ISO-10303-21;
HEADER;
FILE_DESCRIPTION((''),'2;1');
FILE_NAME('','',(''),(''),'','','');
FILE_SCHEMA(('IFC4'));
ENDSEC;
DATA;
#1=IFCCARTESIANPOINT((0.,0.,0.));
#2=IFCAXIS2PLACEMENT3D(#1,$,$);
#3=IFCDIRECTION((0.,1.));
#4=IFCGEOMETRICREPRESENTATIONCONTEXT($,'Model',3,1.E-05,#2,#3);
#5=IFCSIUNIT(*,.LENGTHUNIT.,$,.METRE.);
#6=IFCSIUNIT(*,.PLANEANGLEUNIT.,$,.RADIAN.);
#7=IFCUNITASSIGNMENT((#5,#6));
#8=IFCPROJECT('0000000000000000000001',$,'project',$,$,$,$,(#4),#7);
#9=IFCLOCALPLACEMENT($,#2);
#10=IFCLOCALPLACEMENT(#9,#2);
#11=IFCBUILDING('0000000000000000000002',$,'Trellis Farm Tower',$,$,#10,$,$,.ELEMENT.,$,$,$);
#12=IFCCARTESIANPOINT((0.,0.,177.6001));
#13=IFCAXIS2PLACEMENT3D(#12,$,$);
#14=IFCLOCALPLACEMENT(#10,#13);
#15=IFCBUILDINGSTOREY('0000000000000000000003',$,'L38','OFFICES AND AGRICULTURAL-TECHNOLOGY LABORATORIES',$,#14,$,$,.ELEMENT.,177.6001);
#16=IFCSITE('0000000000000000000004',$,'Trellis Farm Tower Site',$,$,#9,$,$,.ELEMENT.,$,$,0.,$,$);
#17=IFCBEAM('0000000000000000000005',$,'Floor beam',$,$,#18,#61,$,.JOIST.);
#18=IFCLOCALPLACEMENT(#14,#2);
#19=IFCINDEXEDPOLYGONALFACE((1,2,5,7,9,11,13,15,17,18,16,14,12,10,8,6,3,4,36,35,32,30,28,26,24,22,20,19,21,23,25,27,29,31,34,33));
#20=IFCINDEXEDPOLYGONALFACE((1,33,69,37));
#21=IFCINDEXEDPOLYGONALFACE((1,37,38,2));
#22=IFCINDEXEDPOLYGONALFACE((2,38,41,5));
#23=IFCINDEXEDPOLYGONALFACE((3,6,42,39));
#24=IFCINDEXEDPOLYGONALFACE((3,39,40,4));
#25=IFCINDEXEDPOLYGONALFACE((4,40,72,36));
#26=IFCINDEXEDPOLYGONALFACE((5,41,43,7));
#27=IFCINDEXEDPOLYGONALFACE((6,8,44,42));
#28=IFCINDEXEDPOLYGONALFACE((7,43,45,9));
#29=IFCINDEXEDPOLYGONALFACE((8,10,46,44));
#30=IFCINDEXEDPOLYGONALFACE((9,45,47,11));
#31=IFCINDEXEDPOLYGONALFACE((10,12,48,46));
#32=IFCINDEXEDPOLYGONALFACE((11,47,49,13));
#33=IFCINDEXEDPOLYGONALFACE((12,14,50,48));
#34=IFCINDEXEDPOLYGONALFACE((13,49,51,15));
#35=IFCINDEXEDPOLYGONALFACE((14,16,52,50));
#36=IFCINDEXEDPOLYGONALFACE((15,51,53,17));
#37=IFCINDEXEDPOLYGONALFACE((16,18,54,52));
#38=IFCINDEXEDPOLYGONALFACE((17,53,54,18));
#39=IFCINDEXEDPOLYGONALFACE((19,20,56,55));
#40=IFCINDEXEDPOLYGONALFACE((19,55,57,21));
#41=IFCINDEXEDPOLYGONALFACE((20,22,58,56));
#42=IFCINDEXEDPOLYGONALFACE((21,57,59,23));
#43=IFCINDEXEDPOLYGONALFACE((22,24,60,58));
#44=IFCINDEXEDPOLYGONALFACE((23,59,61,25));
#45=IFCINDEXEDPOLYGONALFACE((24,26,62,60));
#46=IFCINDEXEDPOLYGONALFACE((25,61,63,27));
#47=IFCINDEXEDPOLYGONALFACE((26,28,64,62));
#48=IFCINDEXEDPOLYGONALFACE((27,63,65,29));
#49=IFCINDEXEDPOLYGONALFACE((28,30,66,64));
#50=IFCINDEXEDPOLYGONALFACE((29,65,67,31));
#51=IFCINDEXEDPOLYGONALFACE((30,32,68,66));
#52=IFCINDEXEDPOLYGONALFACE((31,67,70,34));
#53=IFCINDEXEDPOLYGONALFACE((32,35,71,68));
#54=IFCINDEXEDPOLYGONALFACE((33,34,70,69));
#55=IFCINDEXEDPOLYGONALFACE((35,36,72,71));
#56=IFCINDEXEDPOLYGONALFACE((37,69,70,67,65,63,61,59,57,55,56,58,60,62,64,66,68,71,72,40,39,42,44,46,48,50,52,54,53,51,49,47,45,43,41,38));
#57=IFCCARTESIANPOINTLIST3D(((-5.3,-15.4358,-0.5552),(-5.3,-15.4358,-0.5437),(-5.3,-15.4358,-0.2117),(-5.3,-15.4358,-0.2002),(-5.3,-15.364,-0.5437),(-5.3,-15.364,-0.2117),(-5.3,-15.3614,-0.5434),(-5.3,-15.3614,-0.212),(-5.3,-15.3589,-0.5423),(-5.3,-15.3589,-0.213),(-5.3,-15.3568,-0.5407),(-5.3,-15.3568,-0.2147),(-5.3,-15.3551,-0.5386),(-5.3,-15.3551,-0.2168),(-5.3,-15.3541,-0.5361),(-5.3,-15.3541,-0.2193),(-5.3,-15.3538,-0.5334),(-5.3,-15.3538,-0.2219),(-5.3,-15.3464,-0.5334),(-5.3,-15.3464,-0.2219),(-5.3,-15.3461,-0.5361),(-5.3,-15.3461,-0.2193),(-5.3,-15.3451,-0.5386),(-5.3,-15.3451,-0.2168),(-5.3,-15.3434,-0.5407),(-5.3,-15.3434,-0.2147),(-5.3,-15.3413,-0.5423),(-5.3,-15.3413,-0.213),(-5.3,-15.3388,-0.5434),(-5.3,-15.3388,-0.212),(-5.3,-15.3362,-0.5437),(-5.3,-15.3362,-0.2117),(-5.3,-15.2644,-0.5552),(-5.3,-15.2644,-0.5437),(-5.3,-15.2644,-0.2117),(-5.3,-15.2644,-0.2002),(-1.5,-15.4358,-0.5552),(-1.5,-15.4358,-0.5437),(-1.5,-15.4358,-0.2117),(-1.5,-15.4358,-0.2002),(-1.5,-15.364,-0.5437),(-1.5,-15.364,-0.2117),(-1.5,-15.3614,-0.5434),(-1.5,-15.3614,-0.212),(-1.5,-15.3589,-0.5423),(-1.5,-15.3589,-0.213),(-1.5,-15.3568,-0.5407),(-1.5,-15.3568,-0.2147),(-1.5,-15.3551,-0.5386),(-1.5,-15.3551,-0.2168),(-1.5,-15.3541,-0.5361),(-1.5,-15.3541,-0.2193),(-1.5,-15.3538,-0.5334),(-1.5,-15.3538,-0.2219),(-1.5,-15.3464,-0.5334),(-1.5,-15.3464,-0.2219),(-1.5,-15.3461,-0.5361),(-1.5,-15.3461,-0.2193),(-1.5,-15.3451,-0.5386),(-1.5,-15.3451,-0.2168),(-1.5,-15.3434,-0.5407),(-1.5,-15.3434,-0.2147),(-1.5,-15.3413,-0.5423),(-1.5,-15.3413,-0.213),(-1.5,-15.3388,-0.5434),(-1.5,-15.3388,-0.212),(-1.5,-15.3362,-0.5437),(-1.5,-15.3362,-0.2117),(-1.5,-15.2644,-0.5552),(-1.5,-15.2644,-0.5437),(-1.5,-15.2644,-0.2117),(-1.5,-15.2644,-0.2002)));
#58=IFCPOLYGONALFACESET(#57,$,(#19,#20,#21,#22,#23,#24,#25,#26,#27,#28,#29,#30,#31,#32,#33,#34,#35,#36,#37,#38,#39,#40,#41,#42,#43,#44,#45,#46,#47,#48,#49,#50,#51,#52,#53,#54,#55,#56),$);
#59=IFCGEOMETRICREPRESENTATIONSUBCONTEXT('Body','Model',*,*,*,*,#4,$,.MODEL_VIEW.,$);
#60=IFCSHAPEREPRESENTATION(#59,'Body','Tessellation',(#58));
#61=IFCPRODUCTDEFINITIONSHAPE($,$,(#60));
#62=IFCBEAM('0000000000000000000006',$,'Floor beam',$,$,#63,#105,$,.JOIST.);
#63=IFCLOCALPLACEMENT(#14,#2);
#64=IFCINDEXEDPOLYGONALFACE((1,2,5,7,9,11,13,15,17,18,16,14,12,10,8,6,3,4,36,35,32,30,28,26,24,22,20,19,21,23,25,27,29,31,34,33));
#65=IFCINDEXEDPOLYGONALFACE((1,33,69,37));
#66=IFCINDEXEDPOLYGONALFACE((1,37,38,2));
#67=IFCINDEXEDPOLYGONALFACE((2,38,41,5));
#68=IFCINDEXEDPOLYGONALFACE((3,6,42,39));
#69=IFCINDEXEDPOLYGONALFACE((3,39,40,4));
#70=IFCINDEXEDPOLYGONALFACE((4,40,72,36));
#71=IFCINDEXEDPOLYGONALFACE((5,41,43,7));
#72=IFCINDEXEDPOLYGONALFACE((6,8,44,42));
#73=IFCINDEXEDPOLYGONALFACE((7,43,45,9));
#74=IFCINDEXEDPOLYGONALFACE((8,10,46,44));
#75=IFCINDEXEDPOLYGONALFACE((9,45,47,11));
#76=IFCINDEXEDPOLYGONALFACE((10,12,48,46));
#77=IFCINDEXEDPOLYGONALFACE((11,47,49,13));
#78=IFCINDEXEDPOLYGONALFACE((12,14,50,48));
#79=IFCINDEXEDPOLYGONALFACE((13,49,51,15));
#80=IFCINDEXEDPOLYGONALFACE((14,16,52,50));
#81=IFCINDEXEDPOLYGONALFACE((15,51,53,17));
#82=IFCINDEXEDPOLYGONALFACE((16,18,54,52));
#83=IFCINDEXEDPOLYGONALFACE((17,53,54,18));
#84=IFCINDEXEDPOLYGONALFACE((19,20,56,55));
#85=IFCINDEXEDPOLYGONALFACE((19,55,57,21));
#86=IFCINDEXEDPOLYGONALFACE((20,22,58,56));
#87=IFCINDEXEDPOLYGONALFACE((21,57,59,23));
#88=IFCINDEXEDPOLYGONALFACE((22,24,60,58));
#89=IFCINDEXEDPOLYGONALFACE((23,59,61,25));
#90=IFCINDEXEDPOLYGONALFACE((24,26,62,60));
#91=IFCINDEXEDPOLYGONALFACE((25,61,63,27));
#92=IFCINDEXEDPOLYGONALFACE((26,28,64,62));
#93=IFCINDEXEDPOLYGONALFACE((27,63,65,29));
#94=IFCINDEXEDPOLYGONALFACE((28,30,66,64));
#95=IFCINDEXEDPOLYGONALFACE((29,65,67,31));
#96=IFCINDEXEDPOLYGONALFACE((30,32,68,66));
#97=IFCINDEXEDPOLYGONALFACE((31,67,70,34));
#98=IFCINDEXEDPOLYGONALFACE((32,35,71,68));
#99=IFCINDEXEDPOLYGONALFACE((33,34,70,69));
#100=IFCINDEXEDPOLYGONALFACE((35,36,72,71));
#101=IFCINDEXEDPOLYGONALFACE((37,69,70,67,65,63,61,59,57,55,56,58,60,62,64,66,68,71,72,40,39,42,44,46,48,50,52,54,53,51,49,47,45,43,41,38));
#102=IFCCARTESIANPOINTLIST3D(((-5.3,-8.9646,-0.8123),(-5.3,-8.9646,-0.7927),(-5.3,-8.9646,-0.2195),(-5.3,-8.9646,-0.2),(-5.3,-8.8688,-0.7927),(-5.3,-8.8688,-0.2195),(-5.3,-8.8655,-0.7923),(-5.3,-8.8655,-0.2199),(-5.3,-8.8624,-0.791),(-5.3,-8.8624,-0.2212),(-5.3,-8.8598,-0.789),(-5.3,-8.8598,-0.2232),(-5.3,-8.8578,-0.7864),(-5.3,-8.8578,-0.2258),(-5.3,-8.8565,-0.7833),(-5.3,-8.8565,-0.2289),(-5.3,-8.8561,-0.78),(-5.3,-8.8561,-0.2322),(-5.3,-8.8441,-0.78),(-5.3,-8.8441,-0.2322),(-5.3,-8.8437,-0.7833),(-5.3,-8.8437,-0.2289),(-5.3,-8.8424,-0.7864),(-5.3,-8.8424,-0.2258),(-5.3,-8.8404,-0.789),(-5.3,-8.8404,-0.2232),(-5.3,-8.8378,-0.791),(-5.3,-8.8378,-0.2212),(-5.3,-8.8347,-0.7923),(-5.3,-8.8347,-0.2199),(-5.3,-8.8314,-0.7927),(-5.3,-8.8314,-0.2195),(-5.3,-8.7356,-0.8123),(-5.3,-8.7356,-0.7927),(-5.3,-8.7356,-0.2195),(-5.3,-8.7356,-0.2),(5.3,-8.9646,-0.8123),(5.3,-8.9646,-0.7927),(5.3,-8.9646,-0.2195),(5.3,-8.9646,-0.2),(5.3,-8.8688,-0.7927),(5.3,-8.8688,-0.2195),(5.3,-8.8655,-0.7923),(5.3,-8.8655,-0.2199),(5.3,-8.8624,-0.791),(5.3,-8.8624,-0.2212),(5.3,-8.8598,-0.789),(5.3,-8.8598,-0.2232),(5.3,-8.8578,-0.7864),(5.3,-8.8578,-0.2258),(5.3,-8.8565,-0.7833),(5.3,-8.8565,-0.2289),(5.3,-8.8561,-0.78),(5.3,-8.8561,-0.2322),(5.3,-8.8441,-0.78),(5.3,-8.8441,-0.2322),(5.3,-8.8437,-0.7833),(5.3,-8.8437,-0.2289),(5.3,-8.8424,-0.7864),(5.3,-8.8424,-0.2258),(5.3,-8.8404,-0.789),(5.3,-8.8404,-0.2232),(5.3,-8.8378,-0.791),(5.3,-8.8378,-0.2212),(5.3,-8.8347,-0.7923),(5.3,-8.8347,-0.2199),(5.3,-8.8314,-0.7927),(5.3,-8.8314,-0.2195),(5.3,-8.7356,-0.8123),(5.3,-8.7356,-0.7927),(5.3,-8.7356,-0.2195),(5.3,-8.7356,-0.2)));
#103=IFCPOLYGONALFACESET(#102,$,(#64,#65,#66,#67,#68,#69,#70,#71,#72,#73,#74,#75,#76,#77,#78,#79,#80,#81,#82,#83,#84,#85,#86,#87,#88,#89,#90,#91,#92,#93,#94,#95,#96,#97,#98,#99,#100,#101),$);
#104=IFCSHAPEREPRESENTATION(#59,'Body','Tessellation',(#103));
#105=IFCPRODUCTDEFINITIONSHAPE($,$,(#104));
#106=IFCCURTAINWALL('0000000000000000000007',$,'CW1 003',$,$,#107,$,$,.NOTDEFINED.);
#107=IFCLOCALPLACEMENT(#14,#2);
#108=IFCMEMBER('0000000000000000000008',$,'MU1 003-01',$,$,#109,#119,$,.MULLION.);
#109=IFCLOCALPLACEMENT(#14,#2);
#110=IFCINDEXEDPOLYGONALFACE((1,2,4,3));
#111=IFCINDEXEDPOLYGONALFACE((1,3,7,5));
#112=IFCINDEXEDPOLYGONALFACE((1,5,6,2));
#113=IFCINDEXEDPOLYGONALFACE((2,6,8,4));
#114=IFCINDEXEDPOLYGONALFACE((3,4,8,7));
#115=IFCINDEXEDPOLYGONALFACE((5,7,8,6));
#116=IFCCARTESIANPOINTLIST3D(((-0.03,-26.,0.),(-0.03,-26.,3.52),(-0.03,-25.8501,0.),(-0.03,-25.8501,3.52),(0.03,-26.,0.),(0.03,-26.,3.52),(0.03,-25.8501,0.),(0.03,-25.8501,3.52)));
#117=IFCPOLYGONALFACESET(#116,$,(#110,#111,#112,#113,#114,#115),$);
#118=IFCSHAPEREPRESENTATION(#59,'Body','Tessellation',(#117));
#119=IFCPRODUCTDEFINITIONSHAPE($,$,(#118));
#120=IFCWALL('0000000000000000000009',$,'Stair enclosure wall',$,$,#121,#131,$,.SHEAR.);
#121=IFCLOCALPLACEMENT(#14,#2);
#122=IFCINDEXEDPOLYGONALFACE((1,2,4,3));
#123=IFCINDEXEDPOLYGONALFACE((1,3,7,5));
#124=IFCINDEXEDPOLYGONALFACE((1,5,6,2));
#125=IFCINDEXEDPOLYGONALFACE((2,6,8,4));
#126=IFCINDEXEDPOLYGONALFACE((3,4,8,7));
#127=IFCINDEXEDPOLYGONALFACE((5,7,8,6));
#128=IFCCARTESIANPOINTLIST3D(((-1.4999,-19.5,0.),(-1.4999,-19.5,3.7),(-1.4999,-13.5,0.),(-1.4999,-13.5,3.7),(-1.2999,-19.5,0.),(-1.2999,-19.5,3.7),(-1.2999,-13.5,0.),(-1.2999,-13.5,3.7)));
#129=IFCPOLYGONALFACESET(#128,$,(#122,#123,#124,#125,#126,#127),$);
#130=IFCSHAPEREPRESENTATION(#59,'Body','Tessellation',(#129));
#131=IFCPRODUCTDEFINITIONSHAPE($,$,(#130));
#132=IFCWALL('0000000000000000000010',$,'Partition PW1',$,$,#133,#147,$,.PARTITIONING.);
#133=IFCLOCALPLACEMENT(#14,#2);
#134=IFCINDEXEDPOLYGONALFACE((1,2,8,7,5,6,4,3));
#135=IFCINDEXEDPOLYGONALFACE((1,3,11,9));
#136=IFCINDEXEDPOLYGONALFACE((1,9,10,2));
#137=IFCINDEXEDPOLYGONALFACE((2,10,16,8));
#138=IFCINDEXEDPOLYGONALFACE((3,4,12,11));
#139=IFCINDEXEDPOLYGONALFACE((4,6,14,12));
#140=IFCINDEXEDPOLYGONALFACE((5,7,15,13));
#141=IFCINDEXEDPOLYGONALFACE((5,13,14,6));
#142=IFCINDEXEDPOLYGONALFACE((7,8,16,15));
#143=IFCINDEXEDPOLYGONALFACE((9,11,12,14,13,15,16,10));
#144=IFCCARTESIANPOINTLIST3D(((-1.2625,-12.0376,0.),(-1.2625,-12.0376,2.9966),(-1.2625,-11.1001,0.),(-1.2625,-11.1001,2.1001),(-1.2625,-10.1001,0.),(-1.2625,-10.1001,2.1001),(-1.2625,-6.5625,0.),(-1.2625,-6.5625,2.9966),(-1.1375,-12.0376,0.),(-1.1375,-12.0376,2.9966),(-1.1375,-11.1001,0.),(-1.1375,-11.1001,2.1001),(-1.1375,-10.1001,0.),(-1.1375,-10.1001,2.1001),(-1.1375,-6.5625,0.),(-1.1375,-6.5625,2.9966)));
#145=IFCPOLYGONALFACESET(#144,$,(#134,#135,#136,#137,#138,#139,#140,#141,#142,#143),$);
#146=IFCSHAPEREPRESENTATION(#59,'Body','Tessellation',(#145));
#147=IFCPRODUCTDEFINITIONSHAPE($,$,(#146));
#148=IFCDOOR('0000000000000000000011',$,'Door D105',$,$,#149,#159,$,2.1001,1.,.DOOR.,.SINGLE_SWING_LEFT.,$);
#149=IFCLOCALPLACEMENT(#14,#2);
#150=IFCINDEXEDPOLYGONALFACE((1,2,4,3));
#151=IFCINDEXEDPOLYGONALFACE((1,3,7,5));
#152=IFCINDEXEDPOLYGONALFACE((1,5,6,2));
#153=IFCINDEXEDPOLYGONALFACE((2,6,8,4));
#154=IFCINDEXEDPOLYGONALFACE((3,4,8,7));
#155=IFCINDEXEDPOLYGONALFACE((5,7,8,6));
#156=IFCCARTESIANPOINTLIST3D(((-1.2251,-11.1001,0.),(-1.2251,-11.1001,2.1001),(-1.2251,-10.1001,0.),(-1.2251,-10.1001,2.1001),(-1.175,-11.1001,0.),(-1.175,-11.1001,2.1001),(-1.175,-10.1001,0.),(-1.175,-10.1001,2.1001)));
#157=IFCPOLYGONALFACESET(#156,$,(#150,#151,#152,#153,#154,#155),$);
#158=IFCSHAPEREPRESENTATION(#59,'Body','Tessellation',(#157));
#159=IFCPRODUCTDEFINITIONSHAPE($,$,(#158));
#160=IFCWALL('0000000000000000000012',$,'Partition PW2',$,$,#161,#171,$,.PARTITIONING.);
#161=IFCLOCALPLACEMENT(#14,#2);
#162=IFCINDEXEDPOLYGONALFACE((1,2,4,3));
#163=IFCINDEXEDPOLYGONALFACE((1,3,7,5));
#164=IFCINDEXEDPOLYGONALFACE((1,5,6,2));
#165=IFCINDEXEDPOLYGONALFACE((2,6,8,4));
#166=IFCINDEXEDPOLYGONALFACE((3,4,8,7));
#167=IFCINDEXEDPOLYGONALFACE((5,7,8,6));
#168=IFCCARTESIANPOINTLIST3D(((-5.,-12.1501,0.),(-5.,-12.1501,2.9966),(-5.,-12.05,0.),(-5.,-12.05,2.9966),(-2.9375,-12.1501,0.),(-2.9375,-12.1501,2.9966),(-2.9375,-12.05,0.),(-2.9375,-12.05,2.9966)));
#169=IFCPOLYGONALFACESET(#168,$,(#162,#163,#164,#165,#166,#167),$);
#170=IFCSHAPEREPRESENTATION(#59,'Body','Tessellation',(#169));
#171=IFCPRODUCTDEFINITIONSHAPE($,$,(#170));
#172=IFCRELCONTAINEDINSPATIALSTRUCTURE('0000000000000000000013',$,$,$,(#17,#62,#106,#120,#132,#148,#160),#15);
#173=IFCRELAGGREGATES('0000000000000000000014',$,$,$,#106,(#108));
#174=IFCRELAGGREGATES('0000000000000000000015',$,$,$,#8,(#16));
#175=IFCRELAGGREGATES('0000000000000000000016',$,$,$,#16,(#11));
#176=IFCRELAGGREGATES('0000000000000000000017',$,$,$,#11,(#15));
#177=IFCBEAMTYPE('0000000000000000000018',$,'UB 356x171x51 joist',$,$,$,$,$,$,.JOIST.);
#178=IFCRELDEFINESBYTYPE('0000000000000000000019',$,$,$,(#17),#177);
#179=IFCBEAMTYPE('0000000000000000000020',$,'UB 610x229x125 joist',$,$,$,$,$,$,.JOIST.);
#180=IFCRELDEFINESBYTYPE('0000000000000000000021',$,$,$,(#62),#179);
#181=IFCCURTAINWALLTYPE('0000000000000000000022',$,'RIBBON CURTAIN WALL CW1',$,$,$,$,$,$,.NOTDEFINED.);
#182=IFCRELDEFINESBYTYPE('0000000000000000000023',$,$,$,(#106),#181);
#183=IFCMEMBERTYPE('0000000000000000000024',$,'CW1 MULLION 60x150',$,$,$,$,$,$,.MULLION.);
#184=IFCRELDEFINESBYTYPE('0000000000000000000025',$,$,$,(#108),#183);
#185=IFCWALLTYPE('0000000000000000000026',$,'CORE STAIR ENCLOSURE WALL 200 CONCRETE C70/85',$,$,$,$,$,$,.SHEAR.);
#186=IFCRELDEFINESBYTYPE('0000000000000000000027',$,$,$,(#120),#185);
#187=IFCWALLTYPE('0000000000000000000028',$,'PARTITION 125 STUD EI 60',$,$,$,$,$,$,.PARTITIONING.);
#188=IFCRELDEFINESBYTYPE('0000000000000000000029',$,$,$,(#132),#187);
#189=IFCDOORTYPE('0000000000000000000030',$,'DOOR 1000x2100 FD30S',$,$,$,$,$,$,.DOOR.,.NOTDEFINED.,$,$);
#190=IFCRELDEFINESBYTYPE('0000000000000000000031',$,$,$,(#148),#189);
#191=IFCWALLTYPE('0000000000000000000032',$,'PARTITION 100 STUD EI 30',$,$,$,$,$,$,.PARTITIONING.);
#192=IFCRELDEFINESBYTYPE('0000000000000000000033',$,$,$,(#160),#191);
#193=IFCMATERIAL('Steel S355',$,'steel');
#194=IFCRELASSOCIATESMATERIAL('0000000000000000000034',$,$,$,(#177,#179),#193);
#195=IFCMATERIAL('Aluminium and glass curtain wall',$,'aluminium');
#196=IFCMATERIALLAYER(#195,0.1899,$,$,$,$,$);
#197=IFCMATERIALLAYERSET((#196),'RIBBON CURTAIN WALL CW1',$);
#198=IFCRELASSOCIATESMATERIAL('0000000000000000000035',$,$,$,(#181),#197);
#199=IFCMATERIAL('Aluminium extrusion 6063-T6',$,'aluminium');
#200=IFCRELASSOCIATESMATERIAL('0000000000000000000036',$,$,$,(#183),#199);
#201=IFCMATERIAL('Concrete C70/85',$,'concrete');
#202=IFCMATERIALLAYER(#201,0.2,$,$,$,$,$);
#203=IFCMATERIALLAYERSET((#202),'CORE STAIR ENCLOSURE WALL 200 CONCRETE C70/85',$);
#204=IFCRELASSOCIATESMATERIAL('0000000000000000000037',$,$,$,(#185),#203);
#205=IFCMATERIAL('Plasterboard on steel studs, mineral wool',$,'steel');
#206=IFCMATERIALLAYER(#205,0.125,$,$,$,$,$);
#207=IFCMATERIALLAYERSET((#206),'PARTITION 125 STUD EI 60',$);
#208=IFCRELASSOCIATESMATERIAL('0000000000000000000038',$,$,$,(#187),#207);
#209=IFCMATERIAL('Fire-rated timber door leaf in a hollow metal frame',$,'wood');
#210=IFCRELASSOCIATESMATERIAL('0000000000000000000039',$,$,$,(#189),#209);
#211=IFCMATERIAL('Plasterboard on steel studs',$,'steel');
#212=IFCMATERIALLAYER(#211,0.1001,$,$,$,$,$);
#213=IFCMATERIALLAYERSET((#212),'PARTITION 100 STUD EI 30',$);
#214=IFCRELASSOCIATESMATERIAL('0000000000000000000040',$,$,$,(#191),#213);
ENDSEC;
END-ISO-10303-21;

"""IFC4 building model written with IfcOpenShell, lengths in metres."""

from ifc_helpers import new_model, si_unit, direction, frame, frame_2d, origin, origin_2d, place, context, subcontext, project, spatial, rectangle, i_section, extrude, source, transform, mapped, material, layer, layer_set, material_profile, profile_set, type_object, element, fill, aggregate, save


model = new_model("IFC4")

# Units and contexts
model_context = context("Model", 3, precision=1e-05, world=origin(), true_north=direction((0.0, 1.0)))
body_context = subcontext(model_context, "Body", "Model", "MODEL_VIEW")
ifc_project = project(units=[si_unit("LENGTHUNIT", "METRE"), si_unit("PLANEANGLEUNIT", "RADIAN")], contexts=[model_context])

# Site, building, storey
site_placement = place(None, origin())
site = spatial("IfcSite", under=ifc_project, at=site_placement, Name="Trellis Farm Tower Site", CompositionType="ELEMENT", RefElevation=0.0)
building_placement = place(site_placement, origin())
building = spatial("IfcBuilding", under=site, at=building_placement, Name="Trellis Farm Tower", CompositionType="ELEMENT")
storey_placement = place(building_placement, frame((0.0, 0.0, 177.6001)))
storey = spatial("IfcBuildingStorey", under=building, at=storey_placement, Name="L38", Description="OFFICES AND AGRICULTURAL-TECHNOLOGY LABORATORIES", CompositionType="ELEMENT", Elevation=177.6001)

# Shared definitions
ifc_material_1 = material(Name="Concrete C70/85", Category="concrete")

# Beams
ifc_material_2 = material(Name="Steel S355", Category="steel")
ifc_material_profile_1 = material_profile(ifc_material_2, i_section(OverallWidth=0.1714, OverallDepth=0.355, WebThickness=0.0073, FlangeThickness=0.0115, FilletRadius=0.0103, at=origin_2d()), Name="UB 356x171x51")
ifc_profile_set_1 = profile_set([ifc_material_profile_1], Name="Steel S355")
beam_type_1 = type_object("IfcBeamType", Name="UB 356x171x51 joist", PredefinedType="JOIST", material=ifc_profile_set_1)
shared_shape_1 = source(origin(), body_context, "Body", "SweptSolid", [
    extrude(i_section(OverallWidth=0.1714, OverallDepth=0.355, WebThickness=0.0073, FlangeThickness=0.0115, FilletRadius=0.0103, at=origin_2d()), origin(), (0.0, 0.0, 1.0), 3.8),
])
beam_1_placement = place(storey_placement, frame((-5.3, -15.3501, -0.3777), z_axis=(1.0, 0.0, 0.0), x_axis=(0.0, 1.0, 0.0)))
element("IfcBeam", 1, at=beam_1_placement, inside=storey, type_object=beam_type_1, Name="Floor beam", PredefinedType="JOIST", context=body_context, shape_type="MappedRepresentation", body=[
    mapped(shared_shape_1, transform((0.0, 0.0, 0.0))),
])
ifc_material_profile_2 = material_profile(ifc_material_2, i_section(OverallWidth=0.229, OverallDepth=0.6123, WebThickness=0.012, FlangeThickness=0.0195, FilletRadius=0.0127, at=origin_2d()), Name="UB 610x229x125")
ifc_profile_set_2 = profile_set([ifc_material_profile_2], Name="Steel S355")
beam_type_2 = type_object("IfcBeamType", Name="UB 610x229x125 joist", PredefinedType="JOIST", material=ifc_profile_set_2)
shared_shape_2 = source(origin(), body_context, "Body", "SweptSolid", [
    extrude(i_section(OverallWidth=0.229, OverallDepth=0.6123, WebThickness=0.012, FlangeThickness=0.0195, FilletRadius=0.0127, at=origin_2d()), origin(), (0.0, 0.0, 1.0), 10.6001),
])
beam_2_placement = place(storey_placement, frame((-5.3, -8.8501, -0.5061), z_axis=(1.0, 0.0, 0.0), x_axis=(0.0, 1.0, 0.0)))
element("IfcBeam", 2, at=beam_2_placement, inside=storey, type_object=beam_type_2, Name="Floor beam", PredefinedType="JOIST", context=body_context, shape_type="MappedRepresentation", body=[
    mapped(shared_shape_2, transform((0.0, 0.0, 0.0))),
])

# Curtain wall, member
ifc_material_3 = material(Name="Aluminium and glass curtain wall", Category="aluminium")
ifc_layer_1 = layer(ifc_material_3, 0.1899)
ifc_layer_set_1 = layer_set([ifc_layer_1], Name="RIBBON CURTAIN WALL CW1")
curtain_wall_type = type_object("IfcCurtainWallType", Name="RIBBON CURTAIN WALL CW1", PredefinedType="NOTDEFINED", material=ifc_layer_set_1)
placement = place(storey_placement, origin())
curtain_wall = element("IfcCurtainWall", 3, at=placement, inside=storey, type_object=curtain_wall_type, Name="CW1 003", PredefinedType="NOTDEFINED")
ifc_material_4 = material(Name="Aluminium extrusion 6063-T6", Category="aluminium")
ifc_material_profile_3 = material_profile(ifc_material_4, rectangle(XDim=0.0601, YDim=0.1499, at=origin_2d()), Name="MULLION 60x150")
ifc_profile_set_3 = profile_set([ifc_material_profile_3], Name="Aluminium extrusion 6063-T6")
member_type = type_object("IfcMemberType", Name="CW1 MULLION 60x150", PredefinedType="MULLION", material=ifc_profile_set_3)
shared_shape_3 = source(origin(), body_context, "Body", "SweptSolid", [
    extrude(rectangle(XDim=0.0601, YDim=0.1499, at=origin_2d()), origin(), (0.0, 0.0, 1.0), 3.52),
])
member_placement = place(storey_placement, frame((0.0, -25.925, 0.0), z_axis=(0.0, 0.0, 1.0), x_axis=(1.0, 0.0, 0.0)))
member = element("IfcMember", 4, at=member_placement, type_object=member_type, Name="MU1 003-01", PredefinedType="MULLION", context=body_context, shape_type="MappedRepresentation", body=[
    mapped(shared_shape_3, transform((0.0, 0.0, 0.0))),
])
aggregate(curtain_wall, [member])

# Wall
ifc_layer_2 = layer(ifc_material_1, 0.2)
ifc_layer_set_2 = layer_set([ifc_layer_2], Name="CORE STAIR ENCLOSURE WALL 200 CONCRETE C70/85")
wall_type_1 = type_object("IfcWallType", Name="CORE STAIR ENCLOSURE WALL 200 CONCRETE C70/85", PredefinedType="SHEAR", material=ifc_layer_set_2)
shared_shape_4 = source(origin(), body_context, "Body", "SweptSolid", [
    extrude(rectangle(XDim=6.0, YDim=0.2, at=frame_2d((3.0, 0.0))), origin(), (0.0, 0.0, 1.0), 3.7),
])
wall_1_placement = place(storey_placement, frame((-1.3999, -13.5, 0.0), z_axis=(0.0, 0.0, 1.0), x_axis=(0.0, -1.0, 0.0)))
element("IfcWall", 5, at=wall_1_placement, inside=storey, type_object=wall_type_1, Name="Stair enclosure wall", PredefinedType="SHEAR", context=body_context, shape_type="MappedRepresentation", body=[
    mapped(shared_shape_4, transform((0.0, 0.0, 0.0))),
])

# Wall, opening, door
ifc_material_5 = material(Name="Plasterboard on steel studs, mineral wool", Category="steel")
ifc_layer_3 = layer(ifc_material_5, 0.125)
ifc_layer_set_3 = layer_set([ifc_layer_3], Name="PARTITION 125 STUD EI 60")
wall_type_2 = type_object("IfcWallType", Name="PARTITION 125 STUD EI 60", PredefinedType="PARTITIONING", material=ifc_layer_set_3)
shared_shape_5 = source(origin(), body_context, "Body", "SweptSolid", [
    extrude(rectangle(XDim=5.4751, YDim=0.125, at=frame_2d((2.7375, 0.0))), origin(), (0.0, 0.0, 1.0), 2.9966),
])
wall_2_placement = place(storey_placement, frame((-1.2, -6.5625, 0.0), z_axis=(0.0, 0.0, 1.0), x_axis=(0.0, -1.0, 0.0)))
wall_2 = element("IfcWall", 6, at=wall_2_placement, inside=storey, type_object=wall_type_2, Name="Partition PW1", PredefinedType="PARTITIONING", context=body_context, shape_type="MappedRepresentation", body=[
    mapped(shared_shape_5, transform((0.0, 0.0, 0.0))),
])
shared_shape_6 = source(origin(), body_context, "Body", "SweptSolid", [
    extrude(rectangle(XDim=1.0, YDim=2.1001, at=frame_2d((0.5, 1.05))), frame((0.0, 0.0725, 0.0), z_axis=(0.0, -1.0, 0.0), x_axis=(1.0, 0.0, 0.0)), (0.0, 0.0, 1.0), 0.145),
])
opening_1_placement = place(wall_2_placement, frame((3.5376, 0.0, 0.0)))
opening_1 = element("IfcOpeningElement", 7, at=opening_1_placement, cuts=wall_2, PredefinedType="OPENING", context=body_context, shape_type="MappedRepresentation", body=[
    mapped(shared_shape_6, transform((0.0, 0.0, 0.0))),
])
ifc_material_6 = material(Name="Fire-rated timber door leaf in a hollow metal frame", Category="wood")
door_type = type_object("IfcDoorType", Name="DOOR 1000x2100 FD30S", OperationType="NOTDEFINED", PredefinedType="DOOR", material=ifc_material_6)
shared_shape_7 = source(origin(), body_context, "Body", "SweptSolid", [
    extrude(rectangle(XDim=1.0, YDim=2.1001, at=frame_2d((0.5, 1.05))), frame((0.0, 0.0249, 0.0), z_axis=(0.0, -1.0, 0.0), x_axis=(1.0, 0.0, 0.0)), (0.0, 0.0, 1.0), 0.05),
])
door_1_placement = place(opening_1_placement, origin())
door_1 = element("IfcDoor", 8, at=door_1_placement, inside=storey, type_object=door_type, Name="Door D105", OperationType="SINGLE_SWING_LEFT", OverallHeight=2.1001, OverallWidth=1.0, PredefinedType="DOOR", context=body_context, shape_type="MappedRepresentation", body=[
    mapped(shared_shape_7, transform((0.0, 0.0, 0.0))),
])
fill(opening_1, door_1)

# Wall
ifc_material_7 = material(Name="Plasterboard on steel studs", Category="steel")
ifc_layer_4 = layer(ifc_material_7, 0.1001)
ifc_layer_set_4 = layer_set([ifc_layer_4], Name="PARTITION 100 STUD EI 30")
wall_type_3 = type_object("IfcWallType", Name="PARTITION 100 STUD EI 30", PredefinedType="PARTITIONING", material=ifc_layer_set_4)
shared_shape_8 = source(origin(), body_context, "Body", "SweptSolid", [
    extrude(rectangle(XDim=2.0625, YDim=0.1001, at=frame_2d((1.0312, 0.0))), origin(), (0.0, 0.0, 1.0), 2.9966),
])
wall_3_placement = place(storey_placement, frame((-5.0, -12.1001, 0.0), z_axis=(0.0, 0.0, 1.0), x_axis=(1.0, 0.0, 0.0)))
element("IfcWall", 9, at=wall_3_placement, inside=storey, type_object=wall_type_3, Name="Partition PW2", PredefinedType="PARTITIONING", context=body_context, shape_type="MappedRepresentation", body=[
    mapped(shared_shape_8, transform((0.0, 0.0, 0.0))),
])

save(model, "model.ifc")
